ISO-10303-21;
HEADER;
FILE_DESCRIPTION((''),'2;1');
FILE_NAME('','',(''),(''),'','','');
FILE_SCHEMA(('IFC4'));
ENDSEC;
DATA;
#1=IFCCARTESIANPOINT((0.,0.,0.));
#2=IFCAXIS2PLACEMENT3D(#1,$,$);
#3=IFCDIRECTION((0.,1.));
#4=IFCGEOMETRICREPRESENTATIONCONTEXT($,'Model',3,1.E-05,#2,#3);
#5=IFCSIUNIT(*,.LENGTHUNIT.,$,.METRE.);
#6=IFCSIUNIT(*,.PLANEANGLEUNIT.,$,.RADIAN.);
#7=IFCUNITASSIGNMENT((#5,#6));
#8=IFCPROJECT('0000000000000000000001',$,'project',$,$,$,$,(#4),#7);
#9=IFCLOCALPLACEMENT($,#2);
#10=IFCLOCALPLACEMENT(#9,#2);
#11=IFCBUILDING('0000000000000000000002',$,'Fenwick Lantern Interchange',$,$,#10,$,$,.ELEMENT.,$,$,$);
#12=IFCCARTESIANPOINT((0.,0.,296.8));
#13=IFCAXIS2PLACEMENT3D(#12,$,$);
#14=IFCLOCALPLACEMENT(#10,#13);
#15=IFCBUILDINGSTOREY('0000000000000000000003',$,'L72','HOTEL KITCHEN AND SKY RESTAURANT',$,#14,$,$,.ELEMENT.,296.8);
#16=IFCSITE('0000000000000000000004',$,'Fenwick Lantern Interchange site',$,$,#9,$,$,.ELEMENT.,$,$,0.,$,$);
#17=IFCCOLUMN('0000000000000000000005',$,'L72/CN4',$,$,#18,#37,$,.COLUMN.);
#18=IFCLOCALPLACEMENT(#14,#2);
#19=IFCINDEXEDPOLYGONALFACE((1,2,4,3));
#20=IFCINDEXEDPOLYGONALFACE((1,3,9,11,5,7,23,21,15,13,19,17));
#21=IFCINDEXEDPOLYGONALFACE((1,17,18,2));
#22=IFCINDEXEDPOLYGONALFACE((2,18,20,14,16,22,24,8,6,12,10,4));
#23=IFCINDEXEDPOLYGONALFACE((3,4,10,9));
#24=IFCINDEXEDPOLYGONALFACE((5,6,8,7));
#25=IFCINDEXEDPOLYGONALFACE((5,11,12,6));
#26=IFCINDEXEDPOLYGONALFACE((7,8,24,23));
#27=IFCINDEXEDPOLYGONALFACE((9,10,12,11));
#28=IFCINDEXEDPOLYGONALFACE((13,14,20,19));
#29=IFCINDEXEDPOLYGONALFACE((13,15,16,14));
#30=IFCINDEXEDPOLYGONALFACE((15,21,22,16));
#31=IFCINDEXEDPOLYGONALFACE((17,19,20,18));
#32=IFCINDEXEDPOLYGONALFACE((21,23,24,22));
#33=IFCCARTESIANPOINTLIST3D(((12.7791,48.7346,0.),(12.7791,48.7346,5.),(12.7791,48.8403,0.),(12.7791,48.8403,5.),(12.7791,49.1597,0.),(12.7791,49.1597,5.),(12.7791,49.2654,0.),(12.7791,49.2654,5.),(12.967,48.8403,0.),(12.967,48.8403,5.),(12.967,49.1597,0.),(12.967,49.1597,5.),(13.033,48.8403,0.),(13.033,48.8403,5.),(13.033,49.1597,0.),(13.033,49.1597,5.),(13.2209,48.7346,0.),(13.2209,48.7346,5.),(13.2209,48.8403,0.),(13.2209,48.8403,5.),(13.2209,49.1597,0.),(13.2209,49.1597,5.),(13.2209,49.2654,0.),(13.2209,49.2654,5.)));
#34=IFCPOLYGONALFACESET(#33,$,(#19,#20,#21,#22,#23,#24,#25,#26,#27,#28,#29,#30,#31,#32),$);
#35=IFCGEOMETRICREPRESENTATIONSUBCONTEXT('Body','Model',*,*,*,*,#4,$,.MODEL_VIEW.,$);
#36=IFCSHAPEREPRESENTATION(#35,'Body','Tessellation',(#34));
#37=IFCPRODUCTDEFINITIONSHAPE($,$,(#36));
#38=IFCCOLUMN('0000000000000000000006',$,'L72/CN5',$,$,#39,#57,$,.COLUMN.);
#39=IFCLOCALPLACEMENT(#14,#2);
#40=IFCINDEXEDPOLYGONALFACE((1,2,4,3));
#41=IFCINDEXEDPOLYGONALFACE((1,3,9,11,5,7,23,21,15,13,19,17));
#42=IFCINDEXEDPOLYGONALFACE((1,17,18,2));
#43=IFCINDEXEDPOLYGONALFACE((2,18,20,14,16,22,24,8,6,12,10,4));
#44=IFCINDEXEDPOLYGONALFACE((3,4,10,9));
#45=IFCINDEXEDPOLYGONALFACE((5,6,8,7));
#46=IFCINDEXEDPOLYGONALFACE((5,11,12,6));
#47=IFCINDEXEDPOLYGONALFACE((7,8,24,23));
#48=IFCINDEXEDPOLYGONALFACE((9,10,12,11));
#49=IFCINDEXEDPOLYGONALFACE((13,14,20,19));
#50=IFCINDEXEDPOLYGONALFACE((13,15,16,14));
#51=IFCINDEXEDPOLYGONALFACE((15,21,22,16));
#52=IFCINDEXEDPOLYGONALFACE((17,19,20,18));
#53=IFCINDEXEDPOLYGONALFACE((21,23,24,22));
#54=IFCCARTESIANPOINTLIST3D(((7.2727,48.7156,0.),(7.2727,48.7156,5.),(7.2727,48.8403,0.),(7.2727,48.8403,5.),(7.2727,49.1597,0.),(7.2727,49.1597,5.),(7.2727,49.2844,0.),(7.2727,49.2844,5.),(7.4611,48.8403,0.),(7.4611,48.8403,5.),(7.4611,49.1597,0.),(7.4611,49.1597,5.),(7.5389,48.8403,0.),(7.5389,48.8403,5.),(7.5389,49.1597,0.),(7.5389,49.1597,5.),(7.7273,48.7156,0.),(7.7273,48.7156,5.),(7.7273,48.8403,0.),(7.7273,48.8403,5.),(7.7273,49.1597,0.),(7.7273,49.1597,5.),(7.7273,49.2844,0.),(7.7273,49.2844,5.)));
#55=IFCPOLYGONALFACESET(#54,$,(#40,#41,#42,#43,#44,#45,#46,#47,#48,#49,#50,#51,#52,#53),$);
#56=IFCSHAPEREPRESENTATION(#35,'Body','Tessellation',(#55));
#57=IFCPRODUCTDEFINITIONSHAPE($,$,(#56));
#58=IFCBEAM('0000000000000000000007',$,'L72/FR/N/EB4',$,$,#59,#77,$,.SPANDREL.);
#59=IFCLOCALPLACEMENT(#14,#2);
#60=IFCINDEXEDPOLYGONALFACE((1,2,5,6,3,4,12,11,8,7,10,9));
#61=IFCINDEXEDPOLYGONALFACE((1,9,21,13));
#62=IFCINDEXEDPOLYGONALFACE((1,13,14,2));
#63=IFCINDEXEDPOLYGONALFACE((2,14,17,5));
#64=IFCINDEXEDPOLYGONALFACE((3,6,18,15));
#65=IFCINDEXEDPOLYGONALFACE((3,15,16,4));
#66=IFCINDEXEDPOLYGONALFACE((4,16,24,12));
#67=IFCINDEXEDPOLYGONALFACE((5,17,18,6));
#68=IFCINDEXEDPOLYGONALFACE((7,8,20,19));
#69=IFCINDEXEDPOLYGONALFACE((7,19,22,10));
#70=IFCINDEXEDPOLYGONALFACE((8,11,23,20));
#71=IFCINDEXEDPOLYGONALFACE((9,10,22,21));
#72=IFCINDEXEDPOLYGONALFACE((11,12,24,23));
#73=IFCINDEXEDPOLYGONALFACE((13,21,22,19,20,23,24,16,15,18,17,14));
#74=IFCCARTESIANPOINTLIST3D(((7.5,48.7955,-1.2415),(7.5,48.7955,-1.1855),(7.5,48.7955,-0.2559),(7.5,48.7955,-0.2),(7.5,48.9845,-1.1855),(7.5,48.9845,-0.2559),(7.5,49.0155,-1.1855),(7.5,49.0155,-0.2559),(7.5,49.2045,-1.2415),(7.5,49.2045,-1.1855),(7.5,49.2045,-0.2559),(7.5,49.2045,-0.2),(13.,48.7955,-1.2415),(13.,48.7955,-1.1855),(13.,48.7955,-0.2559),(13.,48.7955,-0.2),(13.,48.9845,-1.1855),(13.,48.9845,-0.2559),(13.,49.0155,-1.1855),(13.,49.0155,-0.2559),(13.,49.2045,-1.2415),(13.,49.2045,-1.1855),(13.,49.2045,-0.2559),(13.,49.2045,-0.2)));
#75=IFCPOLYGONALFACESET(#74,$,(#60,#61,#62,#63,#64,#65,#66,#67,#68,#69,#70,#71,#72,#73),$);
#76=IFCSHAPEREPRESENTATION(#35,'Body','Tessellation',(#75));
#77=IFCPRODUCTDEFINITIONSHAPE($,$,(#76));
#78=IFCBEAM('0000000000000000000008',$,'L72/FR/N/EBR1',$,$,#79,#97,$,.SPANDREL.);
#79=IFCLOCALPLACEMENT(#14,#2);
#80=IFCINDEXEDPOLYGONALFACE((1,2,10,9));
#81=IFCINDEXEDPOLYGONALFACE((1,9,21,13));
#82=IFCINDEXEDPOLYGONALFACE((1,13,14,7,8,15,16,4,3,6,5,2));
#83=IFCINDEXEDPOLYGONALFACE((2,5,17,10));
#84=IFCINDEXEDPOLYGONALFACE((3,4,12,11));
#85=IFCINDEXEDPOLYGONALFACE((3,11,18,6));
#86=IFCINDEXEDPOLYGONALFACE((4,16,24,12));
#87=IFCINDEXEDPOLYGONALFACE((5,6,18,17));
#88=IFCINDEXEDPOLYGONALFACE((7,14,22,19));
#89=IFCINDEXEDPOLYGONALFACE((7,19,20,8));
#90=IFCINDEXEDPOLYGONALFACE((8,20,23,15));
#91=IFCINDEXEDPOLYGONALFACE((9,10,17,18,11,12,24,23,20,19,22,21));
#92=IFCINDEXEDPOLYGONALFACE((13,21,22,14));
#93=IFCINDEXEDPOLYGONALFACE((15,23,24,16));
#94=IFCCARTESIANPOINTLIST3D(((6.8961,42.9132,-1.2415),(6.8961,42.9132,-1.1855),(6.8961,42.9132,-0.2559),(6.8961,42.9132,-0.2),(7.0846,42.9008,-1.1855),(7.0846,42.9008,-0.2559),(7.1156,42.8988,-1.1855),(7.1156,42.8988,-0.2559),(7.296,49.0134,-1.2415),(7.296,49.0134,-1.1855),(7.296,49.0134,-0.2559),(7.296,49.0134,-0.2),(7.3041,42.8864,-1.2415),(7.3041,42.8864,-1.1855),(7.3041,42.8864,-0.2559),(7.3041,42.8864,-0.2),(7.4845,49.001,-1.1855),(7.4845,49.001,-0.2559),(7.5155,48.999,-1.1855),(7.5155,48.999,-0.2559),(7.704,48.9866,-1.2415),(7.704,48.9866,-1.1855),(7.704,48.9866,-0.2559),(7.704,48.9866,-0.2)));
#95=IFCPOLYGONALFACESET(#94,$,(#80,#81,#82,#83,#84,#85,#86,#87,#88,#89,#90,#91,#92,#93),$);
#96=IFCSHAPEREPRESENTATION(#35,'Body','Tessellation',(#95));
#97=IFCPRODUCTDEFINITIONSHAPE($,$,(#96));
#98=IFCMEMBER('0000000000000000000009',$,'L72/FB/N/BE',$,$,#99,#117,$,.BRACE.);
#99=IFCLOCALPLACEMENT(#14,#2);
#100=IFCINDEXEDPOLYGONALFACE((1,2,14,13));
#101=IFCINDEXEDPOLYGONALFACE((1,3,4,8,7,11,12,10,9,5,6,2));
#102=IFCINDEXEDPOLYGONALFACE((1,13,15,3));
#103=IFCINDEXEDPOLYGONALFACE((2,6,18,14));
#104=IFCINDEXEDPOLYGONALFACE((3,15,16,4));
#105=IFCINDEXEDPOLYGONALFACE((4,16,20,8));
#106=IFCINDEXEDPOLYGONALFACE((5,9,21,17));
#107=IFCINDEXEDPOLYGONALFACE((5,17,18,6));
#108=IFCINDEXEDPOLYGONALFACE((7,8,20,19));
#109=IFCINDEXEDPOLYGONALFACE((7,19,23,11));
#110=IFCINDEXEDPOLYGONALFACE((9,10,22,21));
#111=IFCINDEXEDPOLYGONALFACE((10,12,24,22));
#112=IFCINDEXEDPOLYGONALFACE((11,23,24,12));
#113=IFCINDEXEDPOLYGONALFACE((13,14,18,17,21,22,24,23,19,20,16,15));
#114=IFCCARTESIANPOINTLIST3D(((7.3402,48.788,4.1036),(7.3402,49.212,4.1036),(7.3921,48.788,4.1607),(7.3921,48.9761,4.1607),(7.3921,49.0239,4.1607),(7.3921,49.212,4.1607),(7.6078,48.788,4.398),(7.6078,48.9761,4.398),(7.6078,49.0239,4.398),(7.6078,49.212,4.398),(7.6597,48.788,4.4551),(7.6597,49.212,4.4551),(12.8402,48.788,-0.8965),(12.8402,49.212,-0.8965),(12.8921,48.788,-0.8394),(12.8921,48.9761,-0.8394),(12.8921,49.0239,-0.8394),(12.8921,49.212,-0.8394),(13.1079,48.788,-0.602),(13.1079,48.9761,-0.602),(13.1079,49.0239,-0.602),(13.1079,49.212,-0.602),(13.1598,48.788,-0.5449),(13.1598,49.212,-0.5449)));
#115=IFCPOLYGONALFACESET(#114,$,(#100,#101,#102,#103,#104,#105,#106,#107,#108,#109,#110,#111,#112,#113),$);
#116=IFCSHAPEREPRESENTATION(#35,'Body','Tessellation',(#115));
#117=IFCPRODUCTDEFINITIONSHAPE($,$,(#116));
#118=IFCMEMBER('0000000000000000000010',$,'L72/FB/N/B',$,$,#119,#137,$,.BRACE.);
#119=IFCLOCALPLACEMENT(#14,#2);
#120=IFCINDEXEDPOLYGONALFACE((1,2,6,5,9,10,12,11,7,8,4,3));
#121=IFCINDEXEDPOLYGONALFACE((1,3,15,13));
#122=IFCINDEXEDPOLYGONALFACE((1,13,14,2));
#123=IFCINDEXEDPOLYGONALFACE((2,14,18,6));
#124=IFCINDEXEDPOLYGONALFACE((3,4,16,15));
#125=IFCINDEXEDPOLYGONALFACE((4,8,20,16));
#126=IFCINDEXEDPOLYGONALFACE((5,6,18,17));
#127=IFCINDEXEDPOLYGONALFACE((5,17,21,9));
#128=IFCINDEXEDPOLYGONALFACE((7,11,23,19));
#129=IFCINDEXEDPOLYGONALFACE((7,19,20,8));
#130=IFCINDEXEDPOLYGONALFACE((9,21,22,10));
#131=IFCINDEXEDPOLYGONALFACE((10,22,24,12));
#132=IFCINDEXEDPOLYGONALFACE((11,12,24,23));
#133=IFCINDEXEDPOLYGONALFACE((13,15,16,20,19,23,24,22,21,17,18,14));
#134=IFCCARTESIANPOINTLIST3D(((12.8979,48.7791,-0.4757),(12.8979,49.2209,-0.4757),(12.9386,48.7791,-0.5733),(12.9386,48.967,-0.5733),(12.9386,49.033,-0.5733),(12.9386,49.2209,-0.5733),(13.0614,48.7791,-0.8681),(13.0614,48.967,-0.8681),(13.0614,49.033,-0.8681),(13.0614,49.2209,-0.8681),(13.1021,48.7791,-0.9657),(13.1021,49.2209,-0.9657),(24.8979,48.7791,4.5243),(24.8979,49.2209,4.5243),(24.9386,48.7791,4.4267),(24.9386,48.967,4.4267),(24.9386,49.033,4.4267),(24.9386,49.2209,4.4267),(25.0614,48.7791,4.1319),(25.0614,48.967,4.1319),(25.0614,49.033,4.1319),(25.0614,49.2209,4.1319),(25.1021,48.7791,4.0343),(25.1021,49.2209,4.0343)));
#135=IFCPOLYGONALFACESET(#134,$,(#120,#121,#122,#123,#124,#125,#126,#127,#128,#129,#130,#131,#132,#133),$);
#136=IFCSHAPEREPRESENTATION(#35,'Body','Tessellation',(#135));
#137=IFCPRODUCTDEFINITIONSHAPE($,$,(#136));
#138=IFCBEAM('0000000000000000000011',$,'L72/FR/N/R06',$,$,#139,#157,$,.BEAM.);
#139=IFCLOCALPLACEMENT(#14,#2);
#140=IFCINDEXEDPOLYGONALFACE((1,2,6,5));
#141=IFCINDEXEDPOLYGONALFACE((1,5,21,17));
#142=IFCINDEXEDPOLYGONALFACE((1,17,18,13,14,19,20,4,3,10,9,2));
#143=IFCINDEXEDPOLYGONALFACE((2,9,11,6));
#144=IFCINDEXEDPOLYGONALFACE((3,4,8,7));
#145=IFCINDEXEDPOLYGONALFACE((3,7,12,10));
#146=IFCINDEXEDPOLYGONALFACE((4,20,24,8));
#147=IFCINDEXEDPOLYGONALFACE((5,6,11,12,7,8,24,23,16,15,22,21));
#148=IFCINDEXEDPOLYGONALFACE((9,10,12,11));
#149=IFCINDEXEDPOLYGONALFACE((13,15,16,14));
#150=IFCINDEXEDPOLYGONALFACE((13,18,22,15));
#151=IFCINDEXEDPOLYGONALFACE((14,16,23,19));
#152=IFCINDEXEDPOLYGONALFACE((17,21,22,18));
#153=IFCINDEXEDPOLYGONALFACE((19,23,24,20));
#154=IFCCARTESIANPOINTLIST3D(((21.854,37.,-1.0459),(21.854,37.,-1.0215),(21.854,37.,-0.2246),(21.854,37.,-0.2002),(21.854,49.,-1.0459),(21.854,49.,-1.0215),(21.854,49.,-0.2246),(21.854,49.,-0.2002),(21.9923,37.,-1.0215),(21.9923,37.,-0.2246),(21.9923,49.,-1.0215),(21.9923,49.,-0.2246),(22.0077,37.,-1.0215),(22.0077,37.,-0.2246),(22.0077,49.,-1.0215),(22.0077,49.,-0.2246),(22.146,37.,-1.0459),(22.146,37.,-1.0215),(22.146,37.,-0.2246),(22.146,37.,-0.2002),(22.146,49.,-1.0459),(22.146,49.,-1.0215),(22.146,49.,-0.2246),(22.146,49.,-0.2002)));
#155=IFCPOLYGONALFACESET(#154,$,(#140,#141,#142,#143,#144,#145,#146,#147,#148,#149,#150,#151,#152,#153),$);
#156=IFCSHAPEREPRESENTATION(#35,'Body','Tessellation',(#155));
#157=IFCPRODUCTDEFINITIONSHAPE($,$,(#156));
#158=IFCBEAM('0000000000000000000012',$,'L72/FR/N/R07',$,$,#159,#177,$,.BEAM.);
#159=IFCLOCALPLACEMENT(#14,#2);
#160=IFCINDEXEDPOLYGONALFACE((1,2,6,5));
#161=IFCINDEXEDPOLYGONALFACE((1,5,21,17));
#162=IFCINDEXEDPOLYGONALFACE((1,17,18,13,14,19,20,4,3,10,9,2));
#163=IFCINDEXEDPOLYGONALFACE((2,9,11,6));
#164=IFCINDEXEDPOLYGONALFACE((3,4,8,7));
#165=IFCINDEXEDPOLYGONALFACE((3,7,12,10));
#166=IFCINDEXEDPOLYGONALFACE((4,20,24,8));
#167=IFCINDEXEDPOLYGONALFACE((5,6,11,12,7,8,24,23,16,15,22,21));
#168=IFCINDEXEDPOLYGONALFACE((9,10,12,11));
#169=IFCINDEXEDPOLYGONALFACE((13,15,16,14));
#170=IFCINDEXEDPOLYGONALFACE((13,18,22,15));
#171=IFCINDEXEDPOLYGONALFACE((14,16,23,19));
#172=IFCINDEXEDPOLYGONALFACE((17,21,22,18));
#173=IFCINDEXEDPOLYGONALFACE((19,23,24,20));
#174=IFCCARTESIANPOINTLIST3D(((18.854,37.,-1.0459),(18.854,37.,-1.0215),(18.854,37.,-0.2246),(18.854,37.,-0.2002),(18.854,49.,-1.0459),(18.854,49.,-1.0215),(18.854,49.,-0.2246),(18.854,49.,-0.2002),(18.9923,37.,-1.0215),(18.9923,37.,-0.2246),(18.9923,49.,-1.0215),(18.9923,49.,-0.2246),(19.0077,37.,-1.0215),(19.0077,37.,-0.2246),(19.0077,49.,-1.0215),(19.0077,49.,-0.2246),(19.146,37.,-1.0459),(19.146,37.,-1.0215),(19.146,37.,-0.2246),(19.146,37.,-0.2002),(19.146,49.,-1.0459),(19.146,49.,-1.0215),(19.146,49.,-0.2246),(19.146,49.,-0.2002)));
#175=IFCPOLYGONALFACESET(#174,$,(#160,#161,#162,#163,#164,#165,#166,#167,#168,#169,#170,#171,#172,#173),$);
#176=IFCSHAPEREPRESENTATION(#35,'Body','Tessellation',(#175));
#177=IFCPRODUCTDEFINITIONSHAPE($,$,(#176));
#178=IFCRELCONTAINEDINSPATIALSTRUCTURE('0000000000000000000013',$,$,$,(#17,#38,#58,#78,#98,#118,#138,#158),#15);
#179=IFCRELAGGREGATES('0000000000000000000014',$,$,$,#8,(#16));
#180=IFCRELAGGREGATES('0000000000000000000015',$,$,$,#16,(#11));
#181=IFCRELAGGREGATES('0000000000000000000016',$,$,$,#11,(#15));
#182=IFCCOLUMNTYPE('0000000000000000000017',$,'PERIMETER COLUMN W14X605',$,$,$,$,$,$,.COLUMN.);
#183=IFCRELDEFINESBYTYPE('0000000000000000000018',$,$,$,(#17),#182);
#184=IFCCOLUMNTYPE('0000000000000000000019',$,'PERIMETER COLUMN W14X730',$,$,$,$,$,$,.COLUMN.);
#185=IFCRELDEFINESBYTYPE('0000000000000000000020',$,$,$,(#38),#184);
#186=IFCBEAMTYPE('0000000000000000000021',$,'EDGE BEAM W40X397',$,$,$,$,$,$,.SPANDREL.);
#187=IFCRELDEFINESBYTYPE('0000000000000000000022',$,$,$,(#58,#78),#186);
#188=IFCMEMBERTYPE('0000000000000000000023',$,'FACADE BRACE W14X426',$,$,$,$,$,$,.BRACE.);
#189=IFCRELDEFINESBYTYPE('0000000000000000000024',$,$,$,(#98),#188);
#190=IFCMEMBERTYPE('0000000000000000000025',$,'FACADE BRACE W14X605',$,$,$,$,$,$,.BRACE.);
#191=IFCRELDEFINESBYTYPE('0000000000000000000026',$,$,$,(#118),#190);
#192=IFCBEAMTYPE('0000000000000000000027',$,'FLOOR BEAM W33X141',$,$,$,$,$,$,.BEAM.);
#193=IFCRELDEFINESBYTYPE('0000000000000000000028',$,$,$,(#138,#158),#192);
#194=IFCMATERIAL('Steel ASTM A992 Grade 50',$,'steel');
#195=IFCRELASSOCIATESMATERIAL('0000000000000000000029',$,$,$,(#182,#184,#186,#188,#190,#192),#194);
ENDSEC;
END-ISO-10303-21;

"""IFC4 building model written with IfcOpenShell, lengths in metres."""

from ifc_helpers import new_model, si_unit, direction, frame, origin, origin_2d, place, context, subcontext, project, spatial, i_section, extrude, material, material_profile, profile_set, type_object, element, save


model = new_model("IFC4")

# Units and contexts
model_context = context("Model", 3, precision=1e-05, world=origin(), true_north=direction((0.0, 1.0)))
body_context = subcontext(model_context, "Body", "Model", "MODEL_VIEW")
ifc_project = project(units=[si_unit("LENGTHUNIT", "METRE"), si_unit("PLANEANGLEUNIT", "RADIAN")], contexts=[model_context])

# Site, building, storey
site_placement = place(None, origin())
site = spatial("IfcSite", under=ifc_project, at=site_placement, Name="Fenwick Lantern Interchange site", CompositionType="ELEMENT", RefElevation=0.0)
building_placement = place(site_placement, origin())
building = spatial("IfcBuilding", under=site, at=building_placement, Name="Fenwick Lantern Interchange", CompositionType="ELEMENT")
storey_placement = place(building_placement, frame((0.0, 0.0, 296.8)))
storey = spatial("IfcBuildingStorey", under=building, at=storey_placement, Name="L72", Description="HOTEL KITCHEN AND SKY RESTAURANT", CompositionType="ELEMENT", Elevation=296.8)

# Columns
ifc_material_1 = material(Name="Steel ASTM A992 Grade 50", Category="steel")
ifc_material_profile_1 = material_profile(ifc_material_1, i_section(OverallWidth=0.4419, OverallDepth=0.5308, WebThickness=0.0659, FlangeThickness=0.1057, at=origin_2d()), Name="W14X605")
ifc_profile_set_1 = profile_set([ifc_material_profile_1], Name="Steel ASTM A992 Grade 50")
column_type_1 = type_object("IfcColumnType", Name="PERIMETER COLUMN W14X605", PredefinedType="COLUMN", material=ifc_profile_set_1)
column_1_placement = place(storey_placement, frame((13.0, 49.0, 0.0), z_axis=(0.0, 0.0, 1.0), x_axis=(1.0, 0.0, 0.0)))
element("IfcColumn", 1, at=column_1_placement, inside=storey, type_object=column_type_1, Name="L72/CN4", PredefinedType="COLUMN", context=body_context, shape_type="SweptSolid", body=[
    extrude(i_section(OverallWidth=0.4419, OverallDepth=0.5308, WebThickness=0.0659, FlangeThickness=0.1057, at=origin_2d()), origin(), (0.0, 0.0, 1.0), 5.0),
])
ifc_material_profile_2 = material_profile(ifc_material_1, i_section(OverallWidth=0.4546, OverallDepth=0.5688, WebThickness=0.0779, FlangeThickness=0.1248, at=origin_2d()), Name="W14X730")
ifc_profile_set_2 = profile_set([ifc_material_profile_2], Name="Steel ASTM A992 Grade 50")
column_type_2 = type_object("IfcColumnType", Name="PERIMETER COLUMN W14X730", PredefinedType="COLUMN", material=ifc_profile_set_2)
column_2_placement = place(storey_placement, frame((7.5, 49.0, 0.0), z_axis=(0.0, 0.0, 1.0), x_axis=(1.0, 0.0, 0.0)))
element("IfcColumn", 2, at=column_2_placement, inside=storey, type_object=column_type_2, Name="L72/CN5", PredefinedType="COLUMN", context=body_context, shape_type="SweptSolid", body=[
    extrude(i_section(OverallWidth=0.4546, OverallDepth=0.5688, WebThickness=0.0779, FlangeThickness=0.1248, at=origin_2d()), origin(), (0.0, 0.0, 1.0), 5.0),
])

# Beams
ifc_material_profile_3 = material_profile(ifc_material_1, i_section(OverallWidth=0.4089, OverallDepth=1.0415, WebThickness=0.031, FlangeThickness=0.0559, at=origin_2d()), Name="W40X397")
ifc_profile_set_3 = profile_set([ifc_material_profile_3], Name="Steel ASTM A992 Grade 50")
beam_type_1 = type_object("IfcBeamType", Name="EDGE BEAM W40X397", PredefinedType="SPANDREL", material=ifc_profile_set_3)
beam_1_placement = place(storey_placement, frame((13.0, 49.0, -0.7207), z_axis=(-1.0, 0.0, 0.0), x_axis=(0.0, -1.0, 0.0)))
element("IfcBeam", 3, at=beam_1_placement, inside=storey, type_object=beam_type_1, Name="L72/FR/N/EB4", PredefinedType="SPANDREL", context=body_context, shape_type="SweptSolid", body=[
    extrude(i_section(OverallWidth=0.4089, OverallDepth=1.0415, WebThickness=0.031, FlangeThickness=0.0559, at=origin_2d()), origin(), (0.0, 0.0, 1.0), 5.5),
])
beam_2_placement = place(storey_placement, frame((7.5, 49.0, -0.7207), z_axis=(-0.065416, -0.997858, 0.0), x_axis=(0.997858, -0.065416, 0.0)))
element("IfcBeam", 4, at=beam_2_placement, inside=storey, type_object=beam_type_1, Name="L72/FR/N/EBR1", PredefinedType="SPANDREL", context=body_context, shape_type="SweptSolid", body=[
    extrude(i_section(OverallWidth=0.4089, OverallDepth=1.0415, WebThickness=0.031, FlangeThickness=0.0559, at=origin_2d()), origin(), (0.0, 0.0, 1.0), 6.1133),
])

# Members
ifc_material_profile_4 = material_profile(ifc_material_1, i_section(OverallWidth=0.4241, OverallDepth=0.4751, WebThickness=0.0479, FlangeThickness=0.0771, at=origin_2d()), Name="W14X426")
ifc_profile_set_4 = profile_set([ifc_material_profile_4], Name="Steel ASTM A992 Grade 50")
member_type_1 = type_object("IfcMemberType", Name="FACADE BRACE W14X426", PredefinedType="BRACE", material=ifc_profile_set_4)
member_1_placement = place(storey_placement, frame((13.0, 49.0, -0.7207), z_axis=(-0.73994, 0.0, 0.672673), x_axis=(0.0, -1.0, 0.0)))
element("IfcMember", 5, at=member_1_placement, inside=storey, type_object=member_type_1, Name="L72/FB/N/BE", PredefinedType="BRACE", context=body_context, shape_type="SweptSolid", body=[
    extrude(i_section(OverallWidth=0.4241, OverallDepth=0.4751, WebThickness=0.0479, FlangeThickness=0.0771, at=origin_2d()), origin(), (0.0, 0.0, 1.0), 7.4331),
])
ifc_material_profile_5 = material_profile(ifc_material_1, i_section(OverallWidth=0.4419, OverallDepth=0.5308, WebThickness=0.0659, FlangeThickness=0.1057, at=origin_2d()), Name="W14X605")
ifc_profile_set_5 = profile_set([ifc_material_profile_5], Name="Steel ASTM A992 Grade 50")
member_type_2 = type_object("IfcMemberType", Name="FACADE BRACE W14X605", PredefinedType="BRACE", material=ifc_profile_set_5)
member_2_placement = place(storey_placement, frame((13.0, 49.0, -0.7207), z_axis=(0.923077, 0.0, 0.384615), x_axis=(0.0, 1.0, 0.0)))
element("IfcMember", 6, at=member_2_placement, inside=storey, type_object=member_type_2, Name="L72/FB/N/B", PredefinedType="BRACE", context=body_context, shape_type="SweptSolid", body=[
    extrude(i_section(OverallWidth=0.4419, OverallDepth=0.5308, WebThickness=0.0659, FlangeThickness=0.1057, at=origin_2d()), origin(), (0.0, 0.0, 1.0), 13.0),
])

# Beams
ifc_material_profile_6 = material_profile(ifc_material_1, i_section(OverallWidth=0.292, OverallDepth=0.8457, WebThickness=0.0154, FlangeThickness=0.0244, at=origin_2d()), Name="W33X141")
ifc_profile_set_6 = profile_set([ifc_material_profile_6], Name="Steel ASTM A992 Grade 50")
beam_type_2 = type_object("IfcBeamType", Name="FLOOR BEAM W33X141", PredefinedType="BEAM", material=ifc_profile_set_6)
for number, where, z_axis, x_axis, name in (
    (7, (22.0, 49.0, -0.623), (0.0, -1.0, 0.0), (1.0, 0.0, 0.0), "L72/FR/N/R06"),
    (8, (19.0, 49.0, -0.623), (0.0, -1.0, 0.0), (1.0, 0.0, 0.0), "L72/FR/N/R07"),
):
    element("IfcBeam", number, at=place(storey_placement, frame(where, z_axis=z_axis, x_axis=x_axis)), inside=storey, type_object=beam_type_2, Name=name, PredefinedType="BEAM", context=body_context, shape_type="SweptSolid", body=[
        extrude(i_section(OverallWidth=0.292, OverallDepth=0.8457, WebThickness=0.0154, FlangeThickness=0.0244, at=origin_2d()), origin(), (0.0, 0.0, 1.0), 12.0),
    ])

save(model, "model.ifc")
